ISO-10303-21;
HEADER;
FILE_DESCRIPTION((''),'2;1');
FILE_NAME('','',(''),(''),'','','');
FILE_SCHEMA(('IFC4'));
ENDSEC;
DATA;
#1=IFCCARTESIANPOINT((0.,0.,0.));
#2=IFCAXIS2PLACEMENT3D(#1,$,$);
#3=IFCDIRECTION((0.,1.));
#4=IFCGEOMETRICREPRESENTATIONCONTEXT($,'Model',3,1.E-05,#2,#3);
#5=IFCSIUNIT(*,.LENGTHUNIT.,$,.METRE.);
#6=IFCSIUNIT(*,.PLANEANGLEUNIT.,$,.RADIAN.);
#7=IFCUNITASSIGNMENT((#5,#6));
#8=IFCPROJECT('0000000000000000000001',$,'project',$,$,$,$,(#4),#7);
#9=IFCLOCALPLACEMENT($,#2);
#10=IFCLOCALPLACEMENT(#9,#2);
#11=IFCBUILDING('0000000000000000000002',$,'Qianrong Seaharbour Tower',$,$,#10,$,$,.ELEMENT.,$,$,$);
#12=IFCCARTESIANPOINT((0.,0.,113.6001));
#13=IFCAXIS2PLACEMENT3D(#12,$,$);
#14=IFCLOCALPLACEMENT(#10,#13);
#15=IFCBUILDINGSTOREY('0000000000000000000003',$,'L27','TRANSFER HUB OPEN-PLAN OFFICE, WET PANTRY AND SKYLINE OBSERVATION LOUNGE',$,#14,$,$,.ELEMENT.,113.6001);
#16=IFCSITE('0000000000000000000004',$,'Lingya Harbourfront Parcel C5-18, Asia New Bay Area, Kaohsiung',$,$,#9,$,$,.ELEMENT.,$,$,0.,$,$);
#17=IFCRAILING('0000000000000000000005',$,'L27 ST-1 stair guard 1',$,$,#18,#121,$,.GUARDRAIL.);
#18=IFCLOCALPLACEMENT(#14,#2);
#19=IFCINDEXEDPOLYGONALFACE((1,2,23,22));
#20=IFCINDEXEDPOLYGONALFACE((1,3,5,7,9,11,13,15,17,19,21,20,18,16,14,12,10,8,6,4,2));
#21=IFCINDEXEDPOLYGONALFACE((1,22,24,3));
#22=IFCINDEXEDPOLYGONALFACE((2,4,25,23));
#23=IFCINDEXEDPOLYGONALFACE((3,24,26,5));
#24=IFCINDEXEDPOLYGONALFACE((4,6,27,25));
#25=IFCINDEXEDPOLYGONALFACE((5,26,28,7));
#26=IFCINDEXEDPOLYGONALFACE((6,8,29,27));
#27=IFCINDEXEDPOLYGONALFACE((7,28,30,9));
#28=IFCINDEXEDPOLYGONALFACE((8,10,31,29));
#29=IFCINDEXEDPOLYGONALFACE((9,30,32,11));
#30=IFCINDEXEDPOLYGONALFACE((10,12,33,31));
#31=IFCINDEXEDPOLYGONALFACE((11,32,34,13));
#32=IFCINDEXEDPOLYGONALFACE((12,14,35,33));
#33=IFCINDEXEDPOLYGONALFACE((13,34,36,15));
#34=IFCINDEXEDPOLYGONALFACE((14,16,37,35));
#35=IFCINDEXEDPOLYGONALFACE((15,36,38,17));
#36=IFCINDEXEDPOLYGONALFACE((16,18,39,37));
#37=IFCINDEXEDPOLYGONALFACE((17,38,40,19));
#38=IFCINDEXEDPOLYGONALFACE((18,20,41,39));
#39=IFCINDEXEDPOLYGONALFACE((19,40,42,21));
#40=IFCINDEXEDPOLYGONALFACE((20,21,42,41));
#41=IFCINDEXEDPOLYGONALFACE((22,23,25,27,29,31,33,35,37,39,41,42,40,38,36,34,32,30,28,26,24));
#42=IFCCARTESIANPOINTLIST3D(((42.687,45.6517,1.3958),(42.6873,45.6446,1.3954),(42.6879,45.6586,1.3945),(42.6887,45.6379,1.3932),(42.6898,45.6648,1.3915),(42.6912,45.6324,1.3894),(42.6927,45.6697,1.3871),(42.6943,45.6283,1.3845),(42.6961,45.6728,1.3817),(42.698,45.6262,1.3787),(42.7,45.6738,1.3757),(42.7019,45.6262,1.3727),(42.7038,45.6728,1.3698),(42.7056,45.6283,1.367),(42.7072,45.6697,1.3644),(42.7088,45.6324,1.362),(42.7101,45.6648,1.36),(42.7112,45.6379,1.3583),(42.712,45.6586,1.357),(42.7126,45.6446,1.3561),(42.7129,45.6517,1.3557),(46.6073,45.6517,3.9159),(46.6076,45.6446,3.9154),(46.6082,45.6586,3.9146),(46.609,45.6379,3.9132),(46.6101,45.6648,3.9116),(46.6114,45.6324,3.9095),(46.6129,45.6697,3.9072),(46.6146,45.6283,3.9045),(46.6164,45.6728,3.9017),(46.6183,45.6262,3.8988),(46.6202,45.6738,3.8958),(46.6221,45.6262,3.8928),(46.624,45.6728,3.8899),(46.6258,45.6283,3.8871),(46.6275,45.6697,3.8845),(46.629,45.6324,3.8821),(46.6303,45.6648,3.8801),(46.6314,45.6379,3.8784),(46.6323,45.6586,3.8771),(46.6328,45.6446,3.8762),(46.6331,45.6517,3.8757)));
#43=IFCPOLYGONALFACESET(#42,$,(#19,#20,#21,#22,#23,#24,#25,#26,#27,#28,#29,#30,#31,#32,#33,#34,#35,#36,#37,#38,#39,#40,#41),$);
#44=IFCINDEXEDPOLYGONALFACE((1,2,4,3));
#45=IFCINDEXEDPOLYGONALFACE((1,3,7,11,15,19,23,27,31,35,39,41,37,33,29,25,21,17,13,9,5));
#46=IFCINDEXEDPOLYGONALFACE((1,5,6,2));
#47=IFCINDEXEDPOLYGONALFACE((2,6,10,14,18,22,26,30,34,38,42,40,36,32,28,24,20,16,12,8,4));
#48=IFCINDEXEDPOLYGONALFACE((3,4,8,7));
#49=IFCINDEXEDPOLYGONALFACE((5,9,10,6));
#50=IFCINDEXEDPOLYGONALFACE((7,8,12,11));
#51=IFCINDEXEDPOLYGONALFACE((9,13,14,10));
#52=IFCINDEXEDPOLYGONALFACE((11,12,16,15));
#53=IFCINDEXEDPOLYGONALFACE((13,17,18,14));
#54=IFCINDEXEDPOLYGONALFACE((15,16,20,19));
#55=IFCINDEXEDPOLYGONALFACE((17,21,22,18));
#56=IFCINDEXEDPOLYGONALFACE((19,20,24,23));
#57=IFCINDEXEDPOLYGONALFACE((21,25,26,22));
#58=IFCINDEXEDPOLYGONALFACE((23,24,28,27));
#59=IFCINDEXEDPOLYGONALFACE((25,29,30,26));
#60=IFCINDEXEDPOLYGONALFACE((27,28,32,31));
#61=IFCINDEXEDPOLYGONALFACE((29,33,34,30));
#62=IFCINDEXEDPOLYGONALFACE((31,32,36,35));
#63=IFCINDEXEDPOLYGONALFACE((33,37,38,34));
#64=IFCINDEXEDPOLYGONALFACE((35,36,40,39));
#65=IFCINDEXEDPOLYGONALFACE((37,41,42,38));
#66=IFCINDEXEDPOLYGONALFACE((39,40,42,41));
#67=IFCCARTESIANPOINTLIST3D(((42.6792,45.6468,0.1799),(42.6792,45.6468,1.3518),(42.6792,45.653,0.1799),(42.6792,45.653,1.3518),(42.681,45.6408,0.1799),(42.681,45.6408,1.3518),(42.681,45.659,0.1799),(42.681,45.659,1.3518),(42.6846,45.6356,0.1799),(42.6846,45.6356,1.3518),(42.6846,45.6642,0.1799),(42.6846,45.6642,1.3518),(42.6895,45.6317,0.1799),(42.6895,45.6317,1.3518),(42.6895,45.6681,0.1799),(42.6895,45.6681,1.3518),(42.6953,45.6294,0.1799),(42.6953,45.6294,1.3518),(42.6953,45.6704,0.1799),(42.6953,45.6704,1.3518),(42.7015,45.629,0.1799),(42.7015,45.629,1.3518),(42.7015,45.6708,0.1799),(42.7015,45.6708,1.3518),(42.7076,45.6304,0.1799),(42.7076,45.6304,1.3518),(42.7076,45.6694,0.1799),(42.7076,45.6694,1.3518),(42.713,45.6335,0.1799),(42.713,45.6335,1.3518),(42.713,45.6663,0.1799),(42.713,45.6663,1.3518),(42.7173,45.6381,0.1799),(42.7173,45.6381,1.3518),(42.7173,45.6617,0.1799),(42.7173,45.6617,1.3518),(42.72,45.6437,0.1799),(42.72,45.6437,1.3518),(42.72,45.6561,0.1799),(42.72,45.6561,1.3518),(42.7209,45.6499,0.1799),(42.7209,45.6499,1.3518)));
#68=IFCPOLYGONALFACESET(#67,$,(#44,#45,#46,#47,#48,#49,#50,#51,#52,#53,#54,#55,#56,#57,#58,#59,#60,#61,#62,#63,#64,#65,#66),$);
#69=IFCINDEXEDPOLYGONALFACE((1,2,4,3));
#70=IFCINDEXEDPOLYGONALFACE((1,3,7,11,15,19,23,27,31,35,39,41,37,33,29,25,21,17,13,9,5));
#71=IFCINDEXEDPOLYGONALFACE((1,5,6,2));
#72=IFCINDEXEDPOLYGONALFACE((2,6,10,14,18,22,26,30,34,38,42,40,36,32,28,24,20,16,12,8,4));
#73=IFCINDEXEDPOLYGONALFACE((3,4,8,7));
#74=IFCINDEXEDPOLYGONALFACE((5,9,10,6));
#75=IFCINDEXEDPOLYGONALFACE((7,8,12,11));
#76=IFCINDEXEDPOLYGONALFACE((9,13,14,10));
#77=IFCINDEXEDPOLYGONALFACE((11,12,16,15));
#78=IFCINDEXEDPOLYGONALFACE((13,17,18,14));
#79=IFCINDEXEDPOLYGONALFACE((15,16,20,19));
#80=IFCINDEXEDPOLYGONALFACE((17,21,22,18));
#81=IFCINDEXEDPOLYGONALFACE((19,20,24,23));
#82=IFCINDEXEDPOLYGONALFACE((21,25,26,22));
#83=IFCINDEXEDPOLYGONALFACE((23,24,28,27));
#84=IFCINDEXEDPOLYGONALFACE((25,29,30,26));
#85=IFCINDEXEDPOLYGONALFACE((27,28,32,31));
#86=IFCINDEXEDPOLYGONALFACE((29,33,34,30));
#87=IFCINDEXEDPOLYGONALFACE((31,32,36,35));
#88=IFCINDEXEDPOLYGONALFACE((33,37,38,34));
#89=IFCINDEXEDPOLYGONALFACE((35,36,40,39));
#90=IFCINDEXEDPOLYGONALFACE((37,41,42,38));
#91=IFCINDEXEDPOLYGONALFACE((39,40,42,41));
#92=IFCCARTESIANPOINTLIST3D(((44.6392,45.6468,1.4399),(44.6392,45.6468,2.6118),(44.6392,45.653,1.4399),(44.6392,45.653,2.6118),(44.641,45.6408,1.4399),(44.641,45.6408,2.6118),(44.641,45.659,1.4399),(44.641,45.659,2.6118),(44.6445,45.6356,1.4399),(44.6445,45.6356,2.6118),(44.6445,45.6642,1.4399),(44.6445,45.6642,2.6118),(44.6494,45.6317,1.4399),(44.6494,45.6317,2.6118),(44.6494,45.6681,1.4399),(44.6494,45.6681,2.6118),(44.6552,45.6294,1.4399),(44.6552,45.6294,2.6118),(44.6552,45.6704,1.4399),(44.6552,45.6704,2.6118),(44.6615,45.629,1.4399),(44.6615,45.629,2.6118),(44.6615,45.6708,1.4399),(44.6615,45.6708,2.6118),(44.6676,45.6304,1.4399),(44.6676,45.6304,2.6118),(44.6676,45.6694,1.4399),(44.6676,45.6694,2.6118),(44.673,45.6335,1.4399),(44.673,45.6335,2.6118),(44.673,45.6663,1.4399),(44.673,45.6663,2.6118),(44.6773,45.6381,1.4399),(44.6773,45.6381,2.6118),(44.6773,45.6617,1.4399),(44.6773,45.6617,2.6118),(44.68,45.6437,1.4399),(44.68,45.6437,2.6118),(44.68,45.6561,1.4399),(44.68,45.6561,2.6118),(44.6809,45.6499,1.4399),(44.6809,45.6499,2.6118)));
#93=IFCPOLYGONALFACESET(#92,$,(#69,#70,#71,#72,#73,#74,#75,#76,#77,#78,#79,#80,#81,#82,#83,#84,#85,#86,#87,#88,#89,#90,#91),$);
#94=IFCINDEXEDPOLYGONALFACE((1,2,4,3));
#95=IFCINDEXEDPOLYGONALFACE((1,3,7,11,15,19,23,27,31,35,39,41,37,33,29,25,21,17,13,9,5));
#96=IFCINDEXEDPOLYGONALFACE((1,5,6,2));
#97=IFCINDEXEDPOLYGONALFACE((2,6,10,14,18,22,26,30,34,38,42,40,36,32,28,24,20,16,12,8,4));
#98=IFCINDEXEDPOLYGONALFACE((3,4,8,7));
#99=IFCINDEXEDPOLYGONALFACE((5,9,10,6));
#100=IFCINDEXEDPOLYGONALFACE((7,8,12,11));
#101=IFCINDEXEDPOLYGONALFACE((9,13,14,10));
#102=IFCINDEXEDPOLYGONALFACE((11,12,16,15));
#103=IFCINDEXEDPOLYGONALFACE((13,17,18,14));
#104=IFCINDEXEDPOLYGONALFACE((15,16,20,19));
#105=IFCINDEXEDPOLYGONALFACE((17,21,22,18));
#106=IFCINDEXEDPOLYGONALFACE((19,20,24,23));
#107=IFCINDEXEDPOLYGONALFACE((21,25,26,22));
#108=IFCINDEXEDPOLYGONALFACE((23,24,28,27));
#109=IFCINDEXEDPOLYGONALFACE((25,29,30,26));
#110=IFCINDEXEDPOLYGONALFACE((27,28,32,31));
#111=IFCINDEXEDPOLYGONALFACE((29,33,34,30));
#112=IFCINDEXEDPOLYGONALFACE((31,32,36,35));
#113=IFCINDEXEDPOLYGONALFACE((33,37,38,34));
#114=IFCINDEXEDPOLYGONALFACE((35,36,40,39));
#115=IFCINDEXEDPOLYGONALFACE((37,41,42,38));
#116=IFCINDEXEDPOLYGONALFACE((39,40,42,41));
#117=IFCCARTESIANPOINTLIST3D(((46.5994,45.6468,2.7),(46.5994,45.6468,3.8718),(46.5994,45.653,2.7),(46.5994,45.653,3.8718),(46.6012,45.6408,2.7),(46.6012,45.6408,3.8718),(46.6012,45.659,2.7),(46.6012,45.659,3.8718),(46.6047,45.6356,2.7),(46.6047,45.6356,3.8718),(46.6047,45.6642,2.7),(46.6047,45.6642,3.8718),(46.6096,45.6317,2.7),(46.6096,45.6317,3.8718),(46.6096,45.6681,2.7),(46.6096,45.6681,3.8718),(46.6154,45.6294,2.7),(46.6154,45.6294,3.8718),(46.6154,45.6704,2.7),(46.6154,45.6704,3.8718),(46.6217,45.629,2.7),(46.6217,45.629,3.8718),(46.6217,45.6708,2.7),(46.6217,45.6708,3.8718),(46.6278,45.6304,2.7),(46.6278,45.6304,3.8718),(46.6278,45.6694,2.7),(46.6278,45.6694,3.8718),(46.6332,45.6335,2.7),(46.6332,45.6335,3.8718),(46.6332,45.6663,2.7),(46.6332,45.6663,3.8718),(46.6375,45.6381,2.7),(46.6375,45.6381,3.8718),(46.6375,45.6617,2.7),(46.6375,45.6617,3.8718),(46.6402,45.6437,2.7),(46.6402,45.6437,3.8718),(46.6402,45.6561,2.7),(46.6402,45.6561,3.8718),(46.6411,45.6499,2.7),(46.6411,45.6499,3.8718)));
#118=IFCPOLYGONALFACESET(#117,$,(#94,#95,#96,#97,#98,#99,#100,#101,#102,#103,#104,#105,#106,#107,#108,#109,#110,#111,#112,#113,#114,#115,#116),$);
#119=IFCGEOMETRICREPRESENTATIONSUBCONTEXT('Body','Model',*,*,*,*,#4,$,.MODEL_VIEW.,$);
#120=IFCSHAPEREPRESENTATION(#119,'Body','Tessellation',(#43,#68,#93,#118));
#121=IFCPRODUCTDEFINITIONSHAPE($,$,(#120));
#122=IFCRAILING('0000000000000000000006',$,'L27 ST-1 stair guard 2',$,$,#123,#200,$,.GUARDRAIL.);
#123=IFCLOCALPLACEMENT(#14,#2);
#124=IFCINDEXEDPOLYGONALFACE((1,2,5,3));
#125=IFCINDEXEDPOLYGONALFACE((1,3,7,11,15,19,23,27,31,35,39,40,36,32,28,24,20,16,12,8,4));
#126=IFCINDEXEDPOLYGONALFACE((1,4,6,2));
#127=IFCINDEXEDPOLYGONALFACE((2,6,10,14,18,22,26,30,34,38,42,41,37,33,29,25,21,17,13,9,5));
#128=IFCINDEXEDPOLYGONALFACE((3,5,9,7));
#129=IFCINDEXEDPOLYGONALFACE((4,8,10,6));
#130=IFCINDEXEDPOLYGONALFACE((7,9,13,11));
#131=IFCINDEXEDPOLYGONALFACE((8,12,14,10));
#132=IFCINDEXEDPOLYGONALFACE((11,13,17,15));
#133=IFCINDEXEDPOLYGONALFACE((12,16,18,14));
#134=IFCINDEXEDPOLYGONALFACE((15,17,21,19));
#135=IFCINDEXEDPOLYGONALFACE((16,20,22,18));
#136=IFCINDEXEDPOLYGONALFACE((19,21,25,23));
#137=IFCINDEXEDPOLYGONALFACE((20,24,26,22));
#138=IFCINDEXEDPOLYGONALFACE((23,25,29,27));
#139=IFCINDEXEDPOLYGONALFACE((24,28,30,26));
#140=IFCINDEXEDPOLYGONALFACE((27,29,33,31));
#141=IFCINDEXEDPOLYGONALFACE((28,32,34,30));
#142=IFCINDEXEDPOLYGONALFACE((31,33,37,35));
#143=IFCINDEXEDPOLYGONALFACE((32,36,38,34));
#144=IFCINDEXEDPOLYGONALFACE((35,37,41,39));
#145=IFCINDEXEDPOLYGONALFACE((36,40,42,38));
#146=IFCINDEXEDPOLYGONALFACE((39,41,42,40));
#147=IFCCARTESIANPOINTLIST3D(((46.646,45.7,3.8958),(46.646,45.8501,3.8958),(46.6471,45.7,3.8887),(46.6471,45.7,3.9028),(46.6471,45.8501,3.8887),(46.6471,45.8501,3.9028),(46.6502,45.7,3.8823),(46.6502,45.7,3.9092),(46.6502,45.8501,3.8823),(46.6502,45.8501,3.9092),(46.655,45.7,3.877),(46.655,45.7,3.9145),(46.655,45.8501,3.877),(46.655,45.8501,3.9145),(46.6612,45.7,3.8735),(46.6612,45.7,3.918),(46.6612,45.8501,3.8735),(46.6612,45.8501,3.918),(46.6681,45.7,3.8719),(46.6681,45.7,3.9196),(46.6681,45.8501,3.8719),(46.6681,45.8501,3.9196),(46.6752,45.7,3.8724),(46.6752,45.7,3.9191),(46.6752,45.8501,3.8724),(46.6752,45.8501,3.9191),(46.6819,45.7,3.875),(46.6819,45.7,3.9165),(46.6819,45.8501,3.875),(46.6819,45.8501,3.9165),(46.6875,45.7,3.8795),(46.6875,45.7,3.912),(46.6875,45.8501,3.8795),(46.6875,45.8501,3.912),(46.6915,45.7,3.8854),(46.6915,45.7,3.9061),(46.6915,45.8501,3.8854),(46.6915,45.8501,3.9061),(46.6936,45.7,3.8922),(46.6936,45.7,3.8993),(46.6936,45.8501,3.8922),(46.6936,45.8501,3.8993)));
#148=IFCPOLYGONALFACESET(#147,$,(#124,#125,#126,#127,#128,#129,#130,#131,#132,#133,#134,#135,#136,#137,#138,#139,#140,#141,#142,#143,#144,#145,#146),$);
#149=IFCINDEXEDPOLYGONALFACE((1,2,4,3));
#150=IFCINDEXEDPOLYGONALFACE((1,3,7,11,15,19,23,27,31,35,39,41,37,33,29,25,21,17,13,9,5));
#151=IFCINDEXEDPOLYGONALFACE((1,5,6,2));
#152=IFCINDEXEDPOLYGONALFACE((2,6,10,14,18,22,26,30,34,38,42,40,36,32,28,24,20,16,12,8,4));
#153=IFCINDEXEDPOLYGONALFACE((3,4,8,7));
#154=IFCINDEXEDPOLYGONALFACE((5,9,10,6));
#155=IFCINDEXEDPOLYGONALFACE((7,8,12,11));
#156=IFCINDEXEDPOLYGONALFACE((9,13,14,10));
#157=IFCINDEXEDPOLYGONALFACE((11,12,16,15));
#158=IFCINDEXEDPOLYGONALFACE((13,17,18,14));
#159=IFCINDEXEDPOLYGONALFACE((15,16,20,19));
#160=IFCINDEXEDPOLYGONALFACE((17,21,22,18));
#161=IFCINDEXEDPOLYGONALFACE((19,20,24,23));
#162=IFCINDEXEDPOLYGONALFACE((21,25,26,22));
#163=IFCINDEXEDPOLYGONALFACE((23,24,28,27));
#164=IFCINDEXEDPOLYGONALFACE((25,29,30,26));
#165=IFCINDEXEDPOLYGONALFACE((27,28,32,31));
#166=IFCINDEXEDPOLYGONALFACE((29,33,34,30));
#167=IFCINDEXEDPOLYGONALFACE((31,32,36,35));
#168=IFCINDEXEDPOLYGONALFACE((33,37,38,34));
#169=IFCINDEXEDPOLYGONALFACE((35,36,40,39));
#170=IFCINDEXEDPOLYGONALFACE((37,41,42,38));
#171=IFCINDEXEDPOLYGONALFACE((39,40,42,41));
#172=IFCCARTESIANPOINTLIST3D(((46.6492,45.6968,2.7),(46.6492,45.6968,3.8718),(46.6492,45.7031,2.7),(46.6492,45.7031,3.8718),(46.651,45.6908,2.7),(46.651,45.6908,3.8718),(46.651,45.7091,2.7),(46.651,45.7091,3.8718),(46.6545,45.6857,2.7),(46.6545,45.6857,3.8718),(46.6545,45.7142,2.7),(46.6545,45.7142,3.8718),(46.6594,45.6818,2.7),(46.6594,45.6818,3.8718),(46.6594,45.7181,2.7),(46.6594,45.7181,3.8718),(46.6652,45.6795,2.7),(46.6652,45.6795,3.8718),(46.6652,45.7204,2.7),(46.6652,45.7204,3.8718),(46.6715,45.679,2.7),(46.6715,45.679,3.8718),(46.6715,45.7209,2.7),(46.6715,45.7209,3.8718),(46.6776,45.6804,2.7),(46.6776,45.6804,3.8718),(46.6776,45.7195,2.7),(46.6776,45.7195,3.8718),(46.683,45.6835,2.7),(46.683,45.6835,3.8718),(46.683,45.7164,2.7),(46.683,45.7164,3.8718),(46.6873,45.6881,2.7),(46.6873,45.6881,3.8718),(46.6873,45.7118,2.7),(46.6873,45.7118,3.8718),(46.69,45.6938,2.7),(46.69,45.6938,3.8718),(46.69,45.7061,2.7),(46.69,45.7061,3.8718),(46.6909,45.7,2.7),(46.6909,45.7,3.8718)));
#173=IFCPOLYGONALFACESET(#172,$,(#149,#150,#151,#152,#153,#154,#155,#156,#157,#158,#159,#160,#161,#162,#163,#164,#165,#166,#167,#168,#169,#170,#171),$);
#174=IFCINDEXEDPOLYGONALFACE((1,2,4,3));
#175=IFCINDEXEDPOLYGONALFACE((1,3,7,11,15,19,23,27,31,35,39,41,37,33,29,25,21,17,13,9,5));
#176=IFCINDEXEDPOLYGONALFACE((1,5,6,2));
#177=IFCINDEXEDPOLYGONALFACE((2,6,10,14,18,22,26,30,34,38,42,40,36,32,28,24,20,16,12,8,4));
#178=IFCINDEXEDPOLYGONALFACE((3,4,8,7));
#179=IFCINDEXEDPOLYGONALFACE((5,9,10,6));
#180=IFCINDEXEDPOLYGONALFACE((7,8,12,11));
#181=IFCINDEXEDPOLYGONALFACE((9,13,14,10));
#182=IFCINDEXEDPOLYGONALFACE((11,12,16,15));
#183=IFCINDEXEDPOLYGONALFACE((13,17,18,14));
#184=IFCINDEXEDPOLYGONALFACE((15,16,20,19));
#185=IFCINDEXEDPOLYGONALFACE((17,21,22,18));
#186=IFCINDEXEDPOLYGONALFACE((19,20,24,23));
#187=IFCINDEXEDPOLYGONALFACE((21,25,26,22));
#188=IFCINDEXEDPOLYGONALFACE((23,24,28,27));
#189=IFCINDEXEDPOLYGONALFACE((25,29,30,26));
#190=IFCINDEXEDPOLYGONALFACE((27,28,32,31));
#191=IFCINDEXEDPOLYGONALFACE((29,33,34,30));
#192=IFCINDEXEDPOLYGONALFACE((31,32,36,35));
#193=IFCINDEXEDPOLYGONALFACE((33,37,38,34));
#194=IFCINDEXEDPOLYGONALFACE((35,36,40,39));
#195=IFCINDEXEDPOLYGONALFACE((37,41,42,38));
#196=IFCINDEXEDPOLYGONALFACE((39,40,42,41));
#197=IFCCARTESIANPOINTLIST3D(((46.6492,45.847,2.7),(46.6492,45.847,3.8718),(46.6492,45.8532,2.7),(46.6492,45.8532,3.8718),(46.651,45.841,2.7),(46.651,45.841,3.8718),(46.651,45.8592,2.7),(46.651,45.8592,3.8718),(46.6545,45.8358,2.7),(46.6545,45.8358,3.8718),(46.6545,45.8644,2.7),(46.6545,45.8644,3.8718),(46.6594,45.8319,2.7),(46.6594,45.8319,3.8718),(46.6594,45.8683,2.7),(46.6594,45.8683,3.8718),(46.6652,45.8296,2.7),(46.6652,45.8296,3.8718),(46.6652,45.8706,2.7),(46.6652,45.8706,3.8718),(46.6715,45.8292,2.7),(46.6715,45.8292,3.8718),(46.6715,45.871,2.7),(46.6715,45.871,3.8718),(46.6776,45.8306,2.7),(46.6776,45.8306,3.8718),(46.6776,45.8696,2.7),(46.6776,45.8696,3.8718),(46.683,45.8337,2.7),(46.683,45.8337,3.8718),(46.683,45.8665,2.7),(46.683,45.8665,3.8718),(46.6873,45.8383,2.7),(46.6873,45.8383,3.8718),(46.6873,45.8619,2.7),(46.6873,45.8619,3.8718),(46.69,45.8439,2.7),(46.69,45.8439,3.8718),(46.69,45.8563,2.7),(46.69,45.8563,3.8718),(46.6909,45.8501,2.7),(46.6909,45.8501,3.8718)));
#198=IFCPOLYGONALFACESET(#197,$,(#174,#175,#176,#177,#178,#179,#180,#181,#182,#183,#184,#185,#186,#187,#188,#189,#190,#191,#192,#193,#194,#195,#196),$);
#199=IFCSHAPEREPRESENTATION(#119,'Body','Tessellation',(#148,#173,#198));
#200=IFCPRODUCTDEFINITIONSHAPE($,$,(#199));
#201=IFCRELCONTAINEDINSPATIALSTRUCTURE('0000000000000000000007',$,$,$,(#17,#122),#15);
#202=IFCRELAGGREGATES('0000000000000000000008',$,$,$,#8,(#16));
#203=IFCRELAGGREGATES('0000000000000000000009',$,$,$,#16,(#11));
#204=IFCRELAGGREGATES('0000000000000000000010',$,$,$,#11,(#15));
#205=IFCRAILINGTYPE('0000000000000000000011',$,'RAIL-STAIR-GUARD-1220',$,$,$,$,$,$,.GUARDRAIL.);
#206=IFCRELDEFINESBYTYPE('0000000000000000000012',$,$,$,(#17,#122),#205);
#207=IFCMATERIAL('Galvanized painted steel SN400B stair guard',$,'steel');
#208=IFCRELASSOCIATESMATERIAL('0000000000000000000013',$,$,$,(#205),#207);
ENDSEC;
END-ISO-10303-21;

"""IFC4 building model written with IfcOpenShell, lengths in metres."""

from ifc_helpers import new_model, si_unit, direction, frame, origin, origin_2d, place, context, subcontext, project, spatial, circle, extrude, material, type_object, element, save


model = new_model("IFC4")

# Units and contexts
model_context = context("Model", 3, precision=1e-05, world=origin(), true_north=direction((0.0, 1.0)))
body_context = subcontext(model_context, "Body", "Model", "MODEL_VIEW")
ifc_project = project(units=[si_unit("LENGTHUNIT", "METRE"), si_unit("PLANEANGLEUNIT", "RADIAN")], contexts=[model_context])

# Site, building, storey
site_placement = place(None, origin())
site = spatial("IfcSite", under=ifc_project, at=site_placement, Name="Lingya Harbourfront Parcel C5-18, Asia New Bay Area, Kaohsiung", CompositionType="ELEMENT", RefElevation=0.0)
building_placement = place(site_placement, origin())
building = spatial("IfcBuilding", under=site, at=building_placement, Name="Qianrong Seaharbour Tower", CompositionType="ELEMENT")
storey_placement = place(building_placement, frame((0.0, 0.0, 113.6001)))
storey = spatial("IfcBuildingStorey", under=building, at=storey_placement, Name="L27", Description="TRANSFER HUB OPEN-PLAN OFFICE, WET PANTRY AND SKYLINE OBSERVATION LOUNGE", CompositionType="ELEMENT", Elevation=113.6001)

# Railings
ifc_material_1 = material(Name="Galvanized painted steel SN400B stair guard", Category="steel")
railing_type_1 = type_object("IfcRailingType", Name="RAIL-STAIR-GUARD-1220", PredefinedType="GUARDRAIL", material=ifc_material_1)
railing_1_placement = place(storey_placement, frame((42.7, 45.6499, 0.1799)))
element("IfcRailing", 1, at=railing_1_placement, inside=storey, type_object=railing_type_1, Name="L27 ST-1 stair guard 1", PredefinedType="GUARDRAIL", context=body_context, shape_type="SweptSolid", body=[
    extrude(circle(Radius=0.0239, at=origin_2d()), frame((0.0, 0.0, 1.1958), z_axis=(0.841187, 0.0, 0.540744), x_axis=(0.0, 1.0, 0.0)), (0.0, 0.0, 1.0), 4.6604),
    extrude(circle(Radius=0.021, at=origin_2d()), origin(), (0.0, 0.0, 1.0), 1.1719),
    extrude(circle(Radius=0.021, at=origin_2d()), frame((1.96, 0.0, 1.26)), (0.0, 0.0, 1.0), 1.1719),
    extrude(circle(Radius=0.021, at=origin_2d()), frame((3.9202, 0.0, 2.52)), (0.0, 0.0, 1.0), 1.1719),
])
railing_2_placement = place(storey_placement, frame((46.6699, 45.7, 2.7)))
element("IfcRailing", 2, at=railing_2_placement, inside=storey, type_object=railing_type_1, Name="L27 ST-1 stair guard 2", PredefinedType="GUARDRAIL", context=body_context, shape_type="SweptSolid", body=[
    extrude(circle(Radius=0.0239, at=origin_2d()), frame((0.0, 0.0, 1.1958), z_axis=(0.0, 1.0, 0.0), x_axis=(-1.0, 0.0, 0.0)), (0.0, 0.0, 1.0), 0.1501),
    extrude(circle(Radius=0.021, at=origin_2d()), origin(), (0.0, 0.0, 1.0), 1.1719),
    extrude(circle(Radius=0.021, at=origin_2d()), frame((0.0, 0.1501, 0.0)), (0.0, 0.0, 1.0), 1.1719),
])

save(model, "model.ifc")
